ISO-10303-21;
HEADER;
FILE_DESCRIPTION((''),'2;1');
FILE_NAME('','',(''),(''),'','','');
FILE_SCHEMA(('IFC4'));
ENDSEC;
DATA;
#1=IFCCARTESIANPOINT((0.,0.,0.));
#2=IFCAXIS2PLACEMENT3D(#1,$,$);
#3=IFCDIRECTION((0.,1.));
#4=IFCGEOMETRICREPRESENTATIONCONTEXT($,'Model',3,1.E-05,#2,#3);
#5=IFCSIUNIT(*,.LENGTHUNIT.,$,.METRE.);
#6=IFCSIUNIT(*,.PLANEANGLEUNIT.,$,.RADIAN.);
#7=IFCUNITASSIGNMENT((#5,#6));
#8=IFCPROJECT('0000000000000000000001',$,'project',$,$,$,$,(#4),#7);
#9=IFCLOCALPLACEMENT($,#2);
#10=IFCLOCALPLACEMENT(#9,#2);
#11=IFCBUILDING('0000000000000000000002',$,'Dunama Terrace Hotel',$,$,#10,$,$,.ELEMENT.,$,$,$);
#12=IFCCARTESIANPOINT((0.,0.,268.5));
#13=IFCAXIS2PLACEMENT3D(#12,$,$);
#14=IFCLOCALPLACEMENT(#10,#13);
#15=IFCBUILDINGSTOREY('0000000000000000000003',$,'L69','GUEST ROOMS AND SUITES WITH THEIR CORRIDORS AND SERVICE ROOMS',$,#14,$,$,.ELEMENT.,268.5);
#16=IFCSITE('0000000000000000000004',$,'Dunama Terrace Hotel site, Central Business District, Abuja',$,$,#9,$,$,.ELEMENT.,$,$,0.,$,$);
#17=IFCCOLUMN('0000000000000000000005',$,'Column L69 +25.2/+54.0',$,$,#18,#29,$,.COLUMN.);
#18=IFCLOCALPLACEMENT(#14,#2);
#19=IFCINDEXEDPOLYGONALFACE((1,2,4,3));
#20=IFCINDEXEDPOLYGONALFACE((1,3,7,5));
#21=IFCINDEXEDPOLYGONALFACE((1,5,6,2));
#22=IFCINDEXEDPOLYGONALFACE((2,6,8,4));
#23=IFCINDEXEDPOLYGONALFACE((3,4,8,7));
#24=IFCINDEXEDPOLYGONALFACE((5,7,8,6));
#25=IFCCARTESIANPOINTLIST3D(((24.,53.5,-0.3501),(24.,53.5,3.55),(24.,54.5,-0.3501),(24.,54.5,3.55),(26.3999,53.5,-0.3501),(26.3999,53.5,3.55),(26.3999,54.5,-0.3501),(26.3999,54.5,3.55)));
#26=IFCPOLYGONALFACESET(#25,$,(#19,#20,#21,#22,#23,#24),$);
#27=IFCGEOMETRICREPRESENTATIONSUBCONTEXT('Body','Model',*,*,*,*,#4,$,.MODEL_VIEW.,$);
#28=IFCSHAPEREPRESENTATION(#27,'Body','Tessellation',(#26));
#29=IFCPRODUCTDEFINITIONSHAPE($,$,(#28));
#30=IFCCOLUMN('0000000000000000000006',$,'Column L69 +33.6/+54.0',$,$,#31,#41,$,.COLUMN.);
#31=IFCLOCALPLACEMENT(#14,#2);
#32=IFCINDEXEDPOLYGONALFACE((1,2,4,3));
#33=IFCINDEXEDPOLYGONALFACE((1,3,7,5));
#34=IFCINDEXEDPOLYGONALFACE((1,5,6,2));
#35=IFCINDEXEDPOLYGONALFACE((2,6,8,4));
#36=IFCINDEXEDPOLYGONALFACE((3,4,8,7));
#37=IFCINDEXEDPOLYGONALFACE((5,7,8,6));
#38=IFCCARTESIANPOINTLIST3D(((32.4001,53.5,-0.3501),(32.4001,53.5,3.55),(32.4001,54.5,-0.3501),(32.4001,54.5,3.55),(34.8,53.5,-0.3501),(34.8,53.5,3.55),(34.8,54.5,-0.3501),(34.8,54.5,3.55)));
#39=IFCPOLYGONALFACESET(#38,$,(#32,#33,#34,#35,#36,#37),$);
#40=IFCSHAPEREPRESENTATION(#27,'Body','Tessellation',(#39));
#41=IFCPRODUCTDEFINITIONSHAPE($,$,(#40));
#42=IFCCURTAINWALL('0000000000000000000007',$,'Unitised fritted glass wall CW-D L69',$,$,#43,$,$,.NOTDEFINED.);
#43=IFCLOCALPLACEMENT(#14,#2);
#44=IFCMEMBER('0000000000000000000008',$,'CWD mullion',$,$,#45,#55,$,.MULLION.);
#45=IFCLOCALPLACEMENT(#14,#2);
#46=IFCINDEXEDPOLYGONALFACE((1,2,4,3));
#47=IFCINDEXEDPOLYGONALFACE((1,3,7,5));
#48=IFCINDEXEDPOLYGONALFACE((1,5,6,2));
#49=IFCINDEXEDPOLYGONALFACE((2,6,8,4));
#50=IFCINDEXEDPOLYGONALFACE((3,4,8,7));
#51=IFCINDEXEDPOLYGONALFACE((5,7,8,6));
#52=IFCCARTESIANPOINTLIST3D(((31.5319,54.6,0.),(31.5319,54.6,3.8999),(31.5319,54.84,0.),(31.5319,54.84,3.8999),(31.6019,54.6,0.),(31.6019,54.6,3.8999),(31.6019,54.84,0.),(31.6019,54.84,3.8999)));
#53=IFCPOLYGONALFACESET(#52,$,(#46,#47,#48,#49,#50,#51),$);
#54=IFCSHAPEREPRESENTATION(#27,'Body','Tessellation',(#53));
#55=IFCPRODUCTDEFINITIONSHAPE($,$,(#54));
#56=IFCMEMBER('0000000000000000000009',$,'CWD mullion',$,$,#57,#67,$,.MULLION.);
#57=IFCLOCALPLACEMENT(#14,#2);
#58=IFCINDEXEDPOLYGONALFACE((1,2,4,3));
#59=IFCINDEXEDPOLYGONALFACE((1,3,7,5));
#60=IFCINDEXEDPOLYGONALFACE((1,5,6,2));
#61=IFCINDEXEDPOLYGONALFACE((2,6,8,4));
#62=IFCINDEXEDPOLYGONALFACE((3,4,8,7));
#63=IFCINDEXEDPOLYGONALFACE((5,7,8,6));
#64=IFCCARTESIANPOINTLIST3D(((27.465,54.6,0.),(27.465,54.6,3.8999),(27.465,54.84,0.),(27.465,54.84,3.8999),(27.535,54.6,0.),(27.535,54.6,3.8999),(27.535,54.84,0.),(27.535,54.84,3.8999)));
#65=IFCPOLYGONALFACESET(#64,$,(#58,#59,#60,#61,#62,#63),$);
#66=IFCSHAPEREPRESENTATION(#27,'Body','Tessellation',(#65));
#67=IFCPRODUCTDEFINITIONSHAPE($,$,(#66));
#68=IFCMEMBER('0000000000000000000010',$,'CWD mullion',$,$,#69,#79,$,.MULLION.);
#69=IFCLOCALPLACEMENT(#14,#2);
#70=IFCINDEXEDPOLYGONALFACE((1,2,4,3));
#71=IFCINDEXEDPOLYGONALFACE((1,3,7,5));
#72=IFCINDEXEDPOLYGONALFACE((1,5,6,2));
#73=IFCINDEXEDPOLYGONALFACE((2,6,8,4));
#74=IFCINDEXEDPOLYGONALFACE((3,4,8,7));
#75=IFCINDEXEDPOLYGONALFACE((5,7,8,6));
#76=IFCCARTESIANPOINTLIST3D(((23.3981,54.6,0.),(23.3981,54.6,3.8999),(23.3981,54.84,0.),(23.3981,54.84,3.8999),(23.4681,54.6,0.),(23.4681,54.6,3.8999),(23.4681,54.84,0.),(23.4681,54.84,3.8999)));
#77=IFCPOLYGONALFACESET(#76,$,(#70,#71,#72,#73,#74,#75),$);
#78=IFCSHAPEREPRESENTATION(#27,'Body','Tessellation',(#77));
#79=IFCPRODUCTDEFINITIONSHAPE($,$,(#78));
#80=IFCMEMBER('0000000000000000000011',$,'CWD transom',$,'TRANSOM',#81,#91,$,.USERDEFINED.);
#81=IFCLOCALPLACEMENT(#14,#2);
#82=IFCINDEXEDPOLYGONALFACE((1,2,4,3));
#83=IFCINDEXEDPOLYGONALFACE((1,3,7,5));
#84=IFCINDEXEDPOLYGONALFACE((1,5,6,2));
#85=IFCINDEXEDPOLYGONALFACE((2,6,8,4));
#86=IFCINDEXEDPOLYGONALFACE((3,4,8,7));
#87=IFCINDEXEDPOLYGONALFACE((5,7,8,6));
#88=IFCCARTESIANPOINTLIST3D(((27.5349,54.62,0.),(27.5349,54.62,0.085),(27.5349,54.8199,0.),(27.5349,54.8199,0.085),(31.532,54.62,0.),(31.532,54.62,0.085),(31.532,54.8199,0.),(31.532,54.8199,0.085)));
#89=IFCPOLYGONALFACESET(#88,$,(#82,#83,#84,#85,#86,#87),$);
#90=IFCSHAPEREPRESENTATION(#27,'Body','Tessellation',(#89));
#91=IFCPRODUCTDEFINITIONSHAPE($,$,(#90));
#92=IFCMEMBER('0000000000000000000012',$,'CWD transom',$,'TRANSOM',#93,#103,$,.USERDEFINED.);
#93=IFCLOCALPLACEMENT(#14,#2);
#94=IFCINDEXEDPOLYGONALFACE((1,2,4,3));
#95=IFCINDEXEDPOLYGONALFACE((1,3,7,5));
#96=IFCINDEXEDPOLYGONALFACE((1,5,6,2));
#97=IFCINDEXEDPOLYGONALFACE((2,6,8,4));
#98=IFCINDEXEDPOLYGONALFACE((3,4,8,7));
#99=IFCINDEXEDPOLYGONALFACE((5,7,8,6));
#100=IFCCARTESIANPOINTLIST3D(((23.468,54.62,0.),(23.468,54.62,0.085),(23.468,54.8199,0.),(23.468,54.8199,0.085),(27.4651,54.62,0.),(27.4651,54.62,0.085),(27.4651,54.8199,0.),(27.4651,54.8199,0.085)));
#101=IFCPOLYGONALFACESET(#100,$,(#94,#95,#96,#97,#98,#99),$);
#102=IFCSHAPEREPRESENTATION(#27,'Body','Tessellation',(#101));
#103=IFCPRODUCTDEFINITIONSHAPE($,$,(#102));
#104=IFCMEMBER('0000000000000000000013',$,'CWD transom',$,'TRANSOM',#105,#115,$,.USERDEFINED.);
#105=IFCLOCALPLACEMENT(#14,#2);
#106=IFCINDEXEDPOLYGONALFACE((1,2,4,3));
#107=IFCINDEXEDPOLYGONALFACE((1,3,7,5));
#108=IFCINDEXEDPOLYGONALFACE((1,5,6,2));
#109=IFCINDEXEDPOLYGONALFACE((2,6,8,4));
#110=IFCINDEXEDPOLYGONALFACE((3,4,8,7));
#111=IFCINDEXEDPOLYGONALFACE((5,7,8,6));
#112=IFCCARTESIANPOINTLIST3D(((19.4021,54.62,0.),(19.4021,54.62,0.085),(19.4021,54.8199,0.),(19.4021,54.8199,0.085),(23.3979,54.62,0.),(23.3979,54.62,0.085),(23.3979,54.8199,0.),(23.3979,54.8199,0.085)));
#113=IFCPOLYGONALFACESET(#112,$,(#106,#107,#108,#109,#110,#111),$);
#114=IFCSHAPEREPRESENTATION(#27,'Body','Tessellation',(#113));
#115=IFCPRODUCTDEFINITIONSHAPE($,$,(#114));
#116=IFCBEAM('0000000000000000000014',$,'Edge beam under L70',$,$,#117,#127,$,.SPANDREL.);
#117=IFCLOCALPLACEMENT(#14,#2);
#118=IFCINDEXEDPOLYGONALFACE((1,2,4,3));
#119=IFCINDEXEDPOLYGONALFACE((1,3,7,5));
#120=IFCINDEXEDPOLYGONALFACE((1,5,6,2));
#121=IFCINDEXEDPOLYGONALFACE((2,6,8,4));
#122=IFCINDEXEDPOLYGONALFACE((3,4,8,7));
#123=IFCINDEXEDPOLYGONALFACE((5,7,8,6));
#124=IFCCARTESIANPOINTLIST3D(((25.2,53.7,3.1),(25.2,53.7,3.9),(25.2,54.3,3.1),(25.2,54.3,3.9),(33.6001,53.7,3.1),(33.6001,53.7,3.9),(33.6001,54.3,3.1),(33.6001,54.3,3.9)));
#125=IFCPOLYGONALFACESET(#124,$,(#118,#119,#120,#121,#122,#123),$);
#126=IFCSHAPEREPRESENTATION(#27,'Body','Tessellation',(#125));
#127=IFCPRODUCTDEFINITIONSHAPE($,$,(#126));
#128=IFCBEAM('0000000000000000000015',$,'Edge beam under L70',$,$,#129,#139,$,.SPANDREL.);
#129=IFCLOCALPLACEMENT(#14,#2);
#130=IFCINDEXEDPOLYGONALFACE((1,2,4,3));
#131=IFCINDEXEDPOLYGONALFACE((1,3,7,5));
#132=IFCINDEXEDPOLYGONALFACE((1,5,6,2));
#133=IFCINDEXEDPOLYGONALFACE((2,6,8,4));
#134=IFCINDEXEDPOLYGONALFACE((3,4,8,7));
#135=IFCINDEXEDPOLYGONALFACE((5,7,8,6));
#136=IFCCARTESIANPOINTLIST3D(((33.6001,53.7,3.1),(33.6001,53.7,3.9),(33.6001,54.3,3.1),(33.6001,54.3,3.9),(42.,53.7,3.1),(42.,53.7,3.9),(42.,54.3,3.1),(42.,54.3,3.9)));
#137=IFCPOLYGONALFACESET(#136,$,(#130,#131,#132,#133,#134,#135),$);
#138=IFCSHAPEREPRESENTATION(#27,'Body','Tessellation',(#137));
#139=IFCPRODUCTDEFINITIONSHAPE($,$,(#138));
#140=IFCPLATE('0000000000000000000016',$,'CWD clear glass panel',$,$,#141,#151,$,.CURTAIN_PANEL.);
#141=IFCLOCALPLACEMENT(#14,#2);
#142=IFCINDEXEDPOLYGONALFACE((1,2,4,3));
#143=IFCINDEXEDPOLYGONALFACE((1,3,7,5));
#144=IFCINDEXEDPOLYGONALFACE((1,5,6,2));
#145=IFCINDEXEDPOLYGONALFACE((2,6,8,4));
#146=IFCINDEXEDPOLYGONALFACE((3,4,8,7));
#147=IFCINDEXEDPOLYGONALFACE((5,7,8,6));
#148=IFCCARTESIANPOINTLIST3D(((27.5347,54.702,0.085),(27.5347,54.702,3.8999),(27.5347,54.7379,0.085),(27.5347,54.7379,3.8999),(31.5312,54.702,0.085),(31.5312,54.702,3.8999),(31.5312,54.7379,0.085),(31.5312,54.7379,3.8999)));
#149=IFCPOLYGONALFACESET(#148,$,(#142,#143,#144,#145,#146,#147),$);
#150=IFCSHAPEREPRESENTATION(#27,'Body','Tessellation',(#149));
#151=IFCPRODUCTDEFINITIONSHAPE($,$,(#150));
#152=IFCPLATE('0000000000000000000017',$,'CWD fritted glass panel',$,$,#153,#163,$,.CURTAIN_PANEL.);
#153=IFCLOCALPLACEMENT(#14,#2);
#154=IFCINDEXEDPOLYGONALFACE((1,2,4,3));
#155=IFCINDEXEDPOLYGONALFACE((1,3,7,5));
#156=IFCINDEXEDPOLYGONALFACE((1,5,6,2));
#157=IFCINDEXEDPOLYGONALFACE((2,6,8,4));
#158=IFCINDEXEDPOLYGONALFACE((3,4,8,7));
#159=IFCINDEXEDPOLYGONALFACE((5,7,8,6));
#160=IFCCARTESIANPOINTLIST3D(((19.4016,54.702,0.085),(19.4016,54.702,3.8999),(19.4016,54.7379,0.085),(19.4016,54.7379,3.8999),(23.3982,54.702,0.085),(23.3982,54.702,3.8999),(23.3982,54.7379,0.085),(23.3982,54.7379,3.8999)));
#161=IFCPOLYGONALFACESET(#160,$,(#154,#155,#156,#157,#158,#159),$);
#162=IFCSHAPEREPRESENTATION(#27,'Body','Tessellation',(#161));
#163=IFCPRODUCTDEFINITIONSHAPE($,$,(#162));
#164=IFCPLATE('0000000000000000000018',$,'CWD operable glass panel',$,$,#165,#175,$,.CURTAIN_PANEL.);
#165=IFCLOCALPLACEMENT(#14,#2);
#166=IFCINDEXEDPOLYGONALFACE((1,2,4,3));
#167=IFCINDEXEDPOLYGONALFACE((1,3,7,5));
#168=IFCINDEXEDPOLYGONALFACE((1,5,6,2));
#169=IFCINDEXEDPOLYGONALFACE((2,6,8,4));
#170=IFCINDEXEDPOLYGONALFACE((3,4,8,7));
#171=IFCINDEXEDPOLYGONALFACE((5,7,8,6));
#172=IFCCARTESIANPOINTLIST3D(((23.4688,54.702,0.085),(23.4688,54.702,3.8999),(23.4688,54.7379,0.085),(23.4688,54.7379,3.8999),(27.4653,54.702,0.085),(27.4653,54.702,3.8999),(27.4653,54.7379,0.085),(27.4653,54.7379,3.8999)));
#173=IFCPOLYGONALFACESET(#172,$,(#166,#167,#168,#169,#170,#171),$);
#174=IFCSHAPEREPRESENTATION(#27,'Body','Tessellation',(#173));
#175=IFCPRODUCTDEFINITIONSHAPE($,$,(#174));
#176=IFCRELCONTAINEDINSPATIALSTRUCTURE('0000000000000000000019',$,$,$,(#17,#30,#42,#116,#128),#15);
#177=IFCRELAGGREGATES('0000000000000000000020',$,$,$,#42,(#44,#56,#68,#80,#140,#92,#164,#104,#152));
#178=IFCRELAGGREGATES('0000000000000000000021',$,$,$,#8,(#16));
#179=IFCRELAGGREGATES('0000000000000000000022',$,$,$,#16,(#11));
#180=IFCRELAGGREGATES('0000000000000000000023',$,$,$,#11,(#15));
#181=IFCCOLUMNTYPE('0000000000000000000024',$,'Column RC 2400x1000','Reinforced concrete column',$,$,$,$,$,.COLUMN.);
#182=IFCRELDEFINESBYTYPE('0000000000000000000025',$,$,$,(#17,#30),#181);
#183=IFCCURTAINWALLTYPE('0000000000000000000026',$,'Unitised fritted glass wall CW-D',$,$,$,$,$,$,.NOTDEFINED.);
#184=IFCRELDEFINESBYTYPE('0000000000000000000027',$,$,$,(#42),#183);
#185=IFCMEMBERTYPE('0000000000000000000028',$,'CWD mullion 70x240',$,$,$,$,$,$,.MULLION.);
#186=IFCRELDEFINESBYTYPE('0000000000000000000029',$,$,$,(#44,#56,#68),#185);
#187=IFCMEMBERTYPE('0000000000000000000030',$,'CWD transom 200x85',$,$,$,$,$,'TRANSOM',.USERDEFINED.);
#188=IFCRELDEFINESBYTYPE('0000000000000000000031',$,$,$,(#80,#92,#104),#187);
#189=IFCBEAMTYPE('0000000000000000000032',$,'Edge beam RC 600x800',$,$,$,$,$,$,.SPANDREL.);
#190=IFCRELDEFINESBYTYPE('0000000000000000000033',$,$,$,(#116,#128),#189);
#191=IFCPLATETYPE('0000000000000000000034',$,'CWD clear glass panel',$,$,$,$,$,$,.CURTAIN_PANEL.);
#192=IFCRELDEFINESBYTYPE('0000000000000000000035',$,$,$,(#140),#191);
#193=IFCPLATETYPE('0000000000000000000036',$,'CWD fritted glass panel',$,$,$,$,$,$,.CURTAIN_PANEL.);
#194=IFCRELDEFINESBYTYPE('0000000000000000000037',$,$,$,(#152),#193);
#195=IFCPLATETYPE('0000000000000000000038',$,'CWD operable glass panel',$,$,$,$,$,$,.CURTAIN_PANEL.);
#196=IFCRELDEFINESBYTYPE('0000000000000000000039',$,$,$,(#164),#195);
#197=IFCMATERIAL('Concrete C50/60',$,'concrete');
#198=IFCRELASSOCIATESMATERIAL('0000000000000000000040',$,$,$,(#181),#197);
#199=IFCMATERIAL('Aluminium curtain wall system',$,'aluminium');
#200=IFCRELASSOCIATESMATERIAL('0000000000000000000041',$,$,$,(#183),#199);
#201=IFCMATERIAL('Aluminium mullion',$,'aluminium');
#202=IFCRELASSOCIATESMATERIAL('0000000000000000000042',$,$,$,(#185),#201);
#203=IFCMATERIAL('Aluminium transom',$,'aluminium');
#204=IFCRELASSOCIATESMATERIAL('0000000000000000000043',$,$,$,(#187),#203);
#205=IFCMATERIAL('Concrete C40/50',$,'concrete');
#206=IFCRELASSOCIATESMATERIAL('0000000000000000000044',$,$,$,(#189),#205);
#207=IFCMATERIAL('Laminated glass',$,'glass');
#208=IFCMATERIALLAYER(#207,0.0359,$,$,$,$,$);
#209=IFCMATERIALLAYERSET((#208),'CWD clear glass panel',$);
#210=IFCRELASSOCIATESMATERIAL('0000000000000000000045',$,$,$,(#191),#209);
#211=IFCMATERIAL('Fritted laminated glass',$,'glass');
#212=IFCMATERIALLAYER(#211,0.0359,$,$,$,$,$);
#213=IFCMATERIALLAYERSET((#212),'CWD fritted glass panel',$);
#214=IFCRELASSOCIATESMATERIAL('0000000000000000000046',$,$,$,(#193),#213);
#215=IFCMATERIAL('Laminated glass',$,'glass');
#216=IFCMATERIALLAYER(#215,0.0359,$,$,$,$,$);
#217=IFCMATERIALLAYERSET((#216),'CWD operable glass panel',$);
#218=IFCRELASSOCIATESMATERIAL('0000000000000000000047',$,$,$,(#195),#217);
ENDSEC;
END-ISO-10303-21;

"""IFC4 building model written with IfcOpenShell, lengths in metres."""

from ifc_helpers import new_model, si_unit, direction, frame, origin, origin_2d, place, context, subcontext, project, spatial, rectangle, extrude, material, layer, layer_set, material_profile, profile_set, type_object, element, aggregate, save


model = new_model("IFC4")

# Units and contexts
model_context = context("Model", 3, precision=1e-05, world=origin(), true_north=direction((0.0, 1.0)))
body_context = subcontext(model_context, "Body", "Model", "MODEL_VIEW")
ifc_project = project(units=[si_unit("LENGTHUNIT", "METRE"), si_unit("PLANEANGLEUNIT", "RADIAN")], contexts=[model_context])

# Site, building, storey
site_placement = place(None, origin())
site = spatial("IfcSite", under=ifc_project, at=site_placement, Name="Dunama Terrace Hotel site, Central Business District, Abuja", CompositionType="ELEMENT", RefElevation=0.0)
building_placement = place(site_placement, origin())
building = spatial("IfcBuilding", under=site, at=building_placement, Name="Dunama Terrace Hotel", CompositionType="ELEMENT")
storey_placement = place(building_placement, frame((0.0, 0.0, 268.5)))
storey = spatial("IfcBuildingStorey", under=building, at=storey_placement, Name="L69", Description="GUEST ROOMS AND SUITES WITH THEIR CORRIDORS AND SERVICE ROOMS", CompositionType="ELEMENT", Elevation=268.5)

# Columns
ifc_material_1 = material(Name="Concrete C50/60", Category="concrete")
ifc_material_profile_1 = material_profile(ifc_material_1, rectangle(XDim=2.3999, YDim=1.0, at=origin_2d()), Name="RC 2400x1000")
ifc_profile_set_1 = profile_set([ifc_material_profile_1], Name="Concrete C50/60")
column_type = type_object("IfcColumnType", Name="Column RC 2400x1000", Description="Reinforced concrete column", PredefinedType="COLUMN", material=ifc_profile_set_1)
for number, where, z_axis, x_axis, name in (
    (1, (25.2, 54.0, -0.3501), (0.0, 0.0, 1.0), (1.0, 0.0, 0.0), "Column L69 +25.2/+54.0"),
    (2, (33.6001, 54.0, -0.3501), (0.0, 0.0, 1.0), (1.0, 0.0, 0.0), "Column L69 +33.6/+54.0"),
):
    element("IfcColumn", number, at=place(storey_placement, frame(where, z_axis=z_axis, x_axis=x_axis)), inside=storey, type_object=column_type, Name=name, PredefinedType="COLUMN", context=body_context, shape_type="SweptSolid", body=[
        extrude(rectangle(XDim=2.3999, YDim=1.0, at=origin_2d()), origin(), (0.0, 0.0, 1.0), 3.9001),
    ])

# Curtain wall, members
ifc_material_2 = material(Name="Aluminium curtain wall system", Category="aluminium")
curtain_wall_type = type_object("IfcCurtainWallType", Name="Unitised fritted glass wall CW-D", PredefinedType="NOTDEFINED", material=ifc_material_2)
curtain_wall_placement = place(storey_placement, origin())
curtain_wall = element("IfcCurtainWall", 3, at=curtain_wall_placement, inside=storey, type_object=curtain_wall_type, Name="Unitised fritted glass wall CW-D L69", PredefinedType="NOTDEFINED")
ifc_material_3 = material(Name="Aluminium mullion", Category="aluminium")
ifc_material_profile_2 = material_profile(ifc_material_3, rectangle(XDim=0.0701, YDim=0.24, at=origin_2d()), Name="CWD MULLION 70X240")
ifc_profile_set_2 = profile_set([ifc_material_profile_2], Name="Aluminium mullion")
member_type_1 = type_object("IfcMemberType", Name="CWD mullion 70x240", PredefinedType="MULLION", material=ifc_profile_set_2)
member_1_placement = place(storey_placement, frame((31.5669, 54.72, 0.0), z_axis=(0.0, 0.0, 1.0), x_axis=(-1.0, 0.0, 0.0)))
member_1 = element("IfcMember", 4, at=member_1_placement, type_object=member_type_1, Name="CWD mullion", PredefinedType="MULLION", context=body_context, shape_type="SweptSolid", body=[
    extrude(rectangle(XDim=0.0701, YDim=0.24, at=origin_2d()), origin(), (0.0, 0.0, 1.0), 3.8999),
])
member_2_placement = place(storey_placement, frame((27.5, 54.72, 0.0), z_axis=(0.0, 0.0, 1.0), x_axis=(-1.0, 0.0, 0.0)))
member_2 = element("IfcMember", 5, at=member_2_placement, type_object=member_type_1, Name="CWD mullion", PredefinedType="MULLION", context=body_context, shape_type="SweptSolid", body=[
    extrude(rectangle(XDim=0.0701, YDim=0.24, at=origin_2d()), origin(), (0.0, 0.0, 1.0), 3.8999),
])
member_3_placement = place(storey_placement, frame((23.4331, 54.72, 0.0), z_axis=(0.0, 0.0, 1.0), x_axis=(-1.0, 0.0, 0.0)))
member_3 = element("IfcMember", 6, at=member_3_placement, type_object=member_type_1, Name="CWD mullion", PredefinedType="MULLION", context=body_context, shape_type="SweptSolid", body=[
    extrude(rectangle(XDim=0.0701, YDim=0.24, at=origin_2d()), origin(), (0.0, 0.0, 1.0), 3.8999),
])
ifc_material_4 = material(Name="Aluminium transom", Category="aluminium")
ifc_material_profile_3 = material_profile(ifc_material_4, rectangle(XDim=0.2, YDim=0.085, at=origin_2d()), Name="CWD TRANSOM 200X85")
ifc_profile_set_3 = profile_set([ifc_material_profile_3], Name="Aluminium transom")
member_type_2 = type_object("IfcMemberType", Name="CWD transom 200x85", ElementType="TRANSOM", PredefinedType="USERDEFINED", material=ifc_profile_set_3)
member_4_placement = place(storey_placement, frame((31.532, 54.72, 0.0425), z_axis=(-1.0, 0.0, 0.0), x_axis=(0.0, -1.0, 0.0)))
member_4 = element("IfcMember", 7, at=member_4_placement, type_object=member_type_2, Name="CWD transom", ObjectType="TRANSOM", PredefinedType="USERDEFINED", context=body_context, shape_type="SweptSolid", body=[
    extrude(rectangle(XDim=0.2, YDim=0.085, at=origin_2d()), origin(), (0.0, 0.0, 1.0), 3.9971),
])
member_5_placement = place(storey_placement, frame((27.4651, 54.72, 0.0425), z_axis=(-1.0, 0.0, 0.0), x_axis=(0.0, -1.0, 0.0)))
member_5 = element("IfcMember", 8, at=member_5_placement, type_object=member_type_2, Name="CWD transom", ObjectType="TRANSOM", PredefinedType="USERDEFINED", context=body_context, shape_type="SweptSolid", body=[
    extrude(rectangle(XDim=0.2, YDim=0.085, at=origin_2d()), origin(), (0.0, 0.0, 1.0), 3.9971),
])
member_6_placement = place(storey_placement, frame((23.3979, 54.72, 0.0425), z_axis=(-1.0, 0.0, 0.0), x_axis=(0.0, -1.0, 0.0)))
member_6 = element("IfcMember", 9, at=member_6_placement, type_object=member_type_2, Name="CWD transom", ObjectType="TRANSOM", PredefinedType="USERDEFINED", context=body_context, shape_type="SweptSolid", body=[
    extrude(rectangle(XDim=0.2, YDim=0.085, at=origin_2d()), origin(), (0.0, 0.0, 1.0), 3.9958),
])

# Beams
ifc_material_5 = material(Name="Concrete C40/50", Category="concrete")
ifc_material_profile_4 = material_profile(ifc_material_5, rectangle(XDim=0.6001, YDim=0.8, at=origin_2d()), Name="RC 600x800")
ifc_profile_set_4 = profile_set([ifc_material_profile_4], Name="Concrete C40/50")
beam_type = type_object("IfcBeamType", Name="Edge beam RC 600x800", PredefinedType="SPANDREL", material=ifc_profile_set_4)
beam_1_placement = place(storey_placement, frame((25.2, 54.0, 3.5), z_axis=(1.0, 0.0, 0.0), x_axis=(0.0, 1.0, 0.0)))
element("IfcBeam", 10, at=beam_1_placement, inside=storey, type_object=beam_type, Name="Edge beam under L70", PredefinedType="SPANDREL", context=body_context, shape_type="SweptSolid", body=[
    extrude(rectangle(XDim=0.6001, YDim=0.8, at=origin_2d()), origin(), (0.0, 0.0, 1.0), 8.4001),
])
beam_2_placement = place(storey_placement, frame((33.6001, 54.0, 3.5), z_axis=(1.0, 0.0, 0.0), x_axis=(0.0, 1.0, 0.0)))
element("IfcBeam", 11, at=beam_2_placement, inside=storey, type_object=beam_type, Name="Edge beam under L70", PredefinedType="SPANDREL", context=body_context, shape_type="SweptSolid", body=[
    extrude(rectangle(XDim=0.6001, YDim=0.8, at=origin_2d()), origin(), (0.0, 0.0, 1.0), 8.3999),
])

# Plates
ifc_material_6 = material(Name="Laminated glass", Category="glass")
ifc_layer_1 = layer(ifc_material_6, 0.0359)
ifc_layer_set_1 = layer_set([ifc_layer_1], Name="CWD clear glass panel")
plate_type_1 = type_object("IfcPlateType", Name="CWD clear glass panel", PredefinedType="CURTAIN_PANEL", material=ifc_layer_set_1)
plate_1_placement = place(storey_placement, frame((29.533, 54.72, 0.085), z_axis=(0.0, 0.0, 1.0), x_axis=(-1.0, 0.0, 0.0)))
plate_1 = element("IfcPlate", 12, at=plate_1_placement, type_object=plate_type_1, Name="CWD clear glass panel", PredefinedType="CURTAIN_PANEL", context=body_context, shape_type="SweptSolid", body=[
    extrude(rectangle(XDim=3.9966, YDim=0.0359, at=origin_2d()), origin(), (0.0, 0.0, 1.0), 3.8149),
])
ifc_material_7 = material(Name="Fritted laminated glass", Category="glass")
ifc_layer_2 = layer(ifc_material_7, 0.0359)
ifc_layer_set_2 = layer_set([ifc_layer_2], Name="CWD fritted glass panel")
plate_type_2 = type_object("IfcPlateType", Name="CWD fritted glass panel", PredefinedType="CURTAIN_PANEL", material=ifc_layer_set_2)
plate_2_placement = place(storey_placement, frame((21.3999, 54.72, 0.085), z_axis=(0.0, 0.0, 1.0), x_axis=(-1.0, 0.0, 0.0)))
plate_2 = element("IfcPlate", 13, at=plate_2_placement, type_object=plate_type_2, Name="CWD fritted glass panel", PredefinedType="CURTAIN_PANEL", context=body_context, shape_type="SweptSolid", body=[
    extrude(rectangle(XDim=3.9966, YDim=0.0359, at=origin_2d()), origin(), (0.0, 0.0, 1.0), 3.8149),
])
ifc_material_8 = material(Name="Laminated glass", Category="glass")
ifc_layer_3 = layer(ifc_material_8, 0.0359)
ifc_layer_set_3 = layer_set([ifc_layer_3], Name="CWD operable glass panel")
plate_type_3 = type_object("IfcPlateType", Name="CWD operable glass panel", PredefinedType="CURTAIN_PANEL", material=ifc_layer_set_3)
plate_3_placement = place(storey_placement, frame((25.467, 54.72, 0.085), z_axis=(0.0, 0.0, 1.0), x_axis=(-1.0, 0.0, 0.0)))
plate_3 = element("IfcPlate", 14, at=plate_3_placement, type_object=plate_type_3, Name="CWD operable glass panel", PredefinedType="CURTAIN_PANEL", context=body_context, shape_type="SweptSolid", body=[
    extrude(rectangle(XDim=3.9966, YDim=0.0359, at=origin_2d()), origin(), (0.0, 0.0, 1.0), 3.8149),
])
aggregate(curtain_wall, [member_1, member_2, member_3, member_4, plate_1, member_5, plate_3, member_6, plate_2])

save(model, "model.ifc")
